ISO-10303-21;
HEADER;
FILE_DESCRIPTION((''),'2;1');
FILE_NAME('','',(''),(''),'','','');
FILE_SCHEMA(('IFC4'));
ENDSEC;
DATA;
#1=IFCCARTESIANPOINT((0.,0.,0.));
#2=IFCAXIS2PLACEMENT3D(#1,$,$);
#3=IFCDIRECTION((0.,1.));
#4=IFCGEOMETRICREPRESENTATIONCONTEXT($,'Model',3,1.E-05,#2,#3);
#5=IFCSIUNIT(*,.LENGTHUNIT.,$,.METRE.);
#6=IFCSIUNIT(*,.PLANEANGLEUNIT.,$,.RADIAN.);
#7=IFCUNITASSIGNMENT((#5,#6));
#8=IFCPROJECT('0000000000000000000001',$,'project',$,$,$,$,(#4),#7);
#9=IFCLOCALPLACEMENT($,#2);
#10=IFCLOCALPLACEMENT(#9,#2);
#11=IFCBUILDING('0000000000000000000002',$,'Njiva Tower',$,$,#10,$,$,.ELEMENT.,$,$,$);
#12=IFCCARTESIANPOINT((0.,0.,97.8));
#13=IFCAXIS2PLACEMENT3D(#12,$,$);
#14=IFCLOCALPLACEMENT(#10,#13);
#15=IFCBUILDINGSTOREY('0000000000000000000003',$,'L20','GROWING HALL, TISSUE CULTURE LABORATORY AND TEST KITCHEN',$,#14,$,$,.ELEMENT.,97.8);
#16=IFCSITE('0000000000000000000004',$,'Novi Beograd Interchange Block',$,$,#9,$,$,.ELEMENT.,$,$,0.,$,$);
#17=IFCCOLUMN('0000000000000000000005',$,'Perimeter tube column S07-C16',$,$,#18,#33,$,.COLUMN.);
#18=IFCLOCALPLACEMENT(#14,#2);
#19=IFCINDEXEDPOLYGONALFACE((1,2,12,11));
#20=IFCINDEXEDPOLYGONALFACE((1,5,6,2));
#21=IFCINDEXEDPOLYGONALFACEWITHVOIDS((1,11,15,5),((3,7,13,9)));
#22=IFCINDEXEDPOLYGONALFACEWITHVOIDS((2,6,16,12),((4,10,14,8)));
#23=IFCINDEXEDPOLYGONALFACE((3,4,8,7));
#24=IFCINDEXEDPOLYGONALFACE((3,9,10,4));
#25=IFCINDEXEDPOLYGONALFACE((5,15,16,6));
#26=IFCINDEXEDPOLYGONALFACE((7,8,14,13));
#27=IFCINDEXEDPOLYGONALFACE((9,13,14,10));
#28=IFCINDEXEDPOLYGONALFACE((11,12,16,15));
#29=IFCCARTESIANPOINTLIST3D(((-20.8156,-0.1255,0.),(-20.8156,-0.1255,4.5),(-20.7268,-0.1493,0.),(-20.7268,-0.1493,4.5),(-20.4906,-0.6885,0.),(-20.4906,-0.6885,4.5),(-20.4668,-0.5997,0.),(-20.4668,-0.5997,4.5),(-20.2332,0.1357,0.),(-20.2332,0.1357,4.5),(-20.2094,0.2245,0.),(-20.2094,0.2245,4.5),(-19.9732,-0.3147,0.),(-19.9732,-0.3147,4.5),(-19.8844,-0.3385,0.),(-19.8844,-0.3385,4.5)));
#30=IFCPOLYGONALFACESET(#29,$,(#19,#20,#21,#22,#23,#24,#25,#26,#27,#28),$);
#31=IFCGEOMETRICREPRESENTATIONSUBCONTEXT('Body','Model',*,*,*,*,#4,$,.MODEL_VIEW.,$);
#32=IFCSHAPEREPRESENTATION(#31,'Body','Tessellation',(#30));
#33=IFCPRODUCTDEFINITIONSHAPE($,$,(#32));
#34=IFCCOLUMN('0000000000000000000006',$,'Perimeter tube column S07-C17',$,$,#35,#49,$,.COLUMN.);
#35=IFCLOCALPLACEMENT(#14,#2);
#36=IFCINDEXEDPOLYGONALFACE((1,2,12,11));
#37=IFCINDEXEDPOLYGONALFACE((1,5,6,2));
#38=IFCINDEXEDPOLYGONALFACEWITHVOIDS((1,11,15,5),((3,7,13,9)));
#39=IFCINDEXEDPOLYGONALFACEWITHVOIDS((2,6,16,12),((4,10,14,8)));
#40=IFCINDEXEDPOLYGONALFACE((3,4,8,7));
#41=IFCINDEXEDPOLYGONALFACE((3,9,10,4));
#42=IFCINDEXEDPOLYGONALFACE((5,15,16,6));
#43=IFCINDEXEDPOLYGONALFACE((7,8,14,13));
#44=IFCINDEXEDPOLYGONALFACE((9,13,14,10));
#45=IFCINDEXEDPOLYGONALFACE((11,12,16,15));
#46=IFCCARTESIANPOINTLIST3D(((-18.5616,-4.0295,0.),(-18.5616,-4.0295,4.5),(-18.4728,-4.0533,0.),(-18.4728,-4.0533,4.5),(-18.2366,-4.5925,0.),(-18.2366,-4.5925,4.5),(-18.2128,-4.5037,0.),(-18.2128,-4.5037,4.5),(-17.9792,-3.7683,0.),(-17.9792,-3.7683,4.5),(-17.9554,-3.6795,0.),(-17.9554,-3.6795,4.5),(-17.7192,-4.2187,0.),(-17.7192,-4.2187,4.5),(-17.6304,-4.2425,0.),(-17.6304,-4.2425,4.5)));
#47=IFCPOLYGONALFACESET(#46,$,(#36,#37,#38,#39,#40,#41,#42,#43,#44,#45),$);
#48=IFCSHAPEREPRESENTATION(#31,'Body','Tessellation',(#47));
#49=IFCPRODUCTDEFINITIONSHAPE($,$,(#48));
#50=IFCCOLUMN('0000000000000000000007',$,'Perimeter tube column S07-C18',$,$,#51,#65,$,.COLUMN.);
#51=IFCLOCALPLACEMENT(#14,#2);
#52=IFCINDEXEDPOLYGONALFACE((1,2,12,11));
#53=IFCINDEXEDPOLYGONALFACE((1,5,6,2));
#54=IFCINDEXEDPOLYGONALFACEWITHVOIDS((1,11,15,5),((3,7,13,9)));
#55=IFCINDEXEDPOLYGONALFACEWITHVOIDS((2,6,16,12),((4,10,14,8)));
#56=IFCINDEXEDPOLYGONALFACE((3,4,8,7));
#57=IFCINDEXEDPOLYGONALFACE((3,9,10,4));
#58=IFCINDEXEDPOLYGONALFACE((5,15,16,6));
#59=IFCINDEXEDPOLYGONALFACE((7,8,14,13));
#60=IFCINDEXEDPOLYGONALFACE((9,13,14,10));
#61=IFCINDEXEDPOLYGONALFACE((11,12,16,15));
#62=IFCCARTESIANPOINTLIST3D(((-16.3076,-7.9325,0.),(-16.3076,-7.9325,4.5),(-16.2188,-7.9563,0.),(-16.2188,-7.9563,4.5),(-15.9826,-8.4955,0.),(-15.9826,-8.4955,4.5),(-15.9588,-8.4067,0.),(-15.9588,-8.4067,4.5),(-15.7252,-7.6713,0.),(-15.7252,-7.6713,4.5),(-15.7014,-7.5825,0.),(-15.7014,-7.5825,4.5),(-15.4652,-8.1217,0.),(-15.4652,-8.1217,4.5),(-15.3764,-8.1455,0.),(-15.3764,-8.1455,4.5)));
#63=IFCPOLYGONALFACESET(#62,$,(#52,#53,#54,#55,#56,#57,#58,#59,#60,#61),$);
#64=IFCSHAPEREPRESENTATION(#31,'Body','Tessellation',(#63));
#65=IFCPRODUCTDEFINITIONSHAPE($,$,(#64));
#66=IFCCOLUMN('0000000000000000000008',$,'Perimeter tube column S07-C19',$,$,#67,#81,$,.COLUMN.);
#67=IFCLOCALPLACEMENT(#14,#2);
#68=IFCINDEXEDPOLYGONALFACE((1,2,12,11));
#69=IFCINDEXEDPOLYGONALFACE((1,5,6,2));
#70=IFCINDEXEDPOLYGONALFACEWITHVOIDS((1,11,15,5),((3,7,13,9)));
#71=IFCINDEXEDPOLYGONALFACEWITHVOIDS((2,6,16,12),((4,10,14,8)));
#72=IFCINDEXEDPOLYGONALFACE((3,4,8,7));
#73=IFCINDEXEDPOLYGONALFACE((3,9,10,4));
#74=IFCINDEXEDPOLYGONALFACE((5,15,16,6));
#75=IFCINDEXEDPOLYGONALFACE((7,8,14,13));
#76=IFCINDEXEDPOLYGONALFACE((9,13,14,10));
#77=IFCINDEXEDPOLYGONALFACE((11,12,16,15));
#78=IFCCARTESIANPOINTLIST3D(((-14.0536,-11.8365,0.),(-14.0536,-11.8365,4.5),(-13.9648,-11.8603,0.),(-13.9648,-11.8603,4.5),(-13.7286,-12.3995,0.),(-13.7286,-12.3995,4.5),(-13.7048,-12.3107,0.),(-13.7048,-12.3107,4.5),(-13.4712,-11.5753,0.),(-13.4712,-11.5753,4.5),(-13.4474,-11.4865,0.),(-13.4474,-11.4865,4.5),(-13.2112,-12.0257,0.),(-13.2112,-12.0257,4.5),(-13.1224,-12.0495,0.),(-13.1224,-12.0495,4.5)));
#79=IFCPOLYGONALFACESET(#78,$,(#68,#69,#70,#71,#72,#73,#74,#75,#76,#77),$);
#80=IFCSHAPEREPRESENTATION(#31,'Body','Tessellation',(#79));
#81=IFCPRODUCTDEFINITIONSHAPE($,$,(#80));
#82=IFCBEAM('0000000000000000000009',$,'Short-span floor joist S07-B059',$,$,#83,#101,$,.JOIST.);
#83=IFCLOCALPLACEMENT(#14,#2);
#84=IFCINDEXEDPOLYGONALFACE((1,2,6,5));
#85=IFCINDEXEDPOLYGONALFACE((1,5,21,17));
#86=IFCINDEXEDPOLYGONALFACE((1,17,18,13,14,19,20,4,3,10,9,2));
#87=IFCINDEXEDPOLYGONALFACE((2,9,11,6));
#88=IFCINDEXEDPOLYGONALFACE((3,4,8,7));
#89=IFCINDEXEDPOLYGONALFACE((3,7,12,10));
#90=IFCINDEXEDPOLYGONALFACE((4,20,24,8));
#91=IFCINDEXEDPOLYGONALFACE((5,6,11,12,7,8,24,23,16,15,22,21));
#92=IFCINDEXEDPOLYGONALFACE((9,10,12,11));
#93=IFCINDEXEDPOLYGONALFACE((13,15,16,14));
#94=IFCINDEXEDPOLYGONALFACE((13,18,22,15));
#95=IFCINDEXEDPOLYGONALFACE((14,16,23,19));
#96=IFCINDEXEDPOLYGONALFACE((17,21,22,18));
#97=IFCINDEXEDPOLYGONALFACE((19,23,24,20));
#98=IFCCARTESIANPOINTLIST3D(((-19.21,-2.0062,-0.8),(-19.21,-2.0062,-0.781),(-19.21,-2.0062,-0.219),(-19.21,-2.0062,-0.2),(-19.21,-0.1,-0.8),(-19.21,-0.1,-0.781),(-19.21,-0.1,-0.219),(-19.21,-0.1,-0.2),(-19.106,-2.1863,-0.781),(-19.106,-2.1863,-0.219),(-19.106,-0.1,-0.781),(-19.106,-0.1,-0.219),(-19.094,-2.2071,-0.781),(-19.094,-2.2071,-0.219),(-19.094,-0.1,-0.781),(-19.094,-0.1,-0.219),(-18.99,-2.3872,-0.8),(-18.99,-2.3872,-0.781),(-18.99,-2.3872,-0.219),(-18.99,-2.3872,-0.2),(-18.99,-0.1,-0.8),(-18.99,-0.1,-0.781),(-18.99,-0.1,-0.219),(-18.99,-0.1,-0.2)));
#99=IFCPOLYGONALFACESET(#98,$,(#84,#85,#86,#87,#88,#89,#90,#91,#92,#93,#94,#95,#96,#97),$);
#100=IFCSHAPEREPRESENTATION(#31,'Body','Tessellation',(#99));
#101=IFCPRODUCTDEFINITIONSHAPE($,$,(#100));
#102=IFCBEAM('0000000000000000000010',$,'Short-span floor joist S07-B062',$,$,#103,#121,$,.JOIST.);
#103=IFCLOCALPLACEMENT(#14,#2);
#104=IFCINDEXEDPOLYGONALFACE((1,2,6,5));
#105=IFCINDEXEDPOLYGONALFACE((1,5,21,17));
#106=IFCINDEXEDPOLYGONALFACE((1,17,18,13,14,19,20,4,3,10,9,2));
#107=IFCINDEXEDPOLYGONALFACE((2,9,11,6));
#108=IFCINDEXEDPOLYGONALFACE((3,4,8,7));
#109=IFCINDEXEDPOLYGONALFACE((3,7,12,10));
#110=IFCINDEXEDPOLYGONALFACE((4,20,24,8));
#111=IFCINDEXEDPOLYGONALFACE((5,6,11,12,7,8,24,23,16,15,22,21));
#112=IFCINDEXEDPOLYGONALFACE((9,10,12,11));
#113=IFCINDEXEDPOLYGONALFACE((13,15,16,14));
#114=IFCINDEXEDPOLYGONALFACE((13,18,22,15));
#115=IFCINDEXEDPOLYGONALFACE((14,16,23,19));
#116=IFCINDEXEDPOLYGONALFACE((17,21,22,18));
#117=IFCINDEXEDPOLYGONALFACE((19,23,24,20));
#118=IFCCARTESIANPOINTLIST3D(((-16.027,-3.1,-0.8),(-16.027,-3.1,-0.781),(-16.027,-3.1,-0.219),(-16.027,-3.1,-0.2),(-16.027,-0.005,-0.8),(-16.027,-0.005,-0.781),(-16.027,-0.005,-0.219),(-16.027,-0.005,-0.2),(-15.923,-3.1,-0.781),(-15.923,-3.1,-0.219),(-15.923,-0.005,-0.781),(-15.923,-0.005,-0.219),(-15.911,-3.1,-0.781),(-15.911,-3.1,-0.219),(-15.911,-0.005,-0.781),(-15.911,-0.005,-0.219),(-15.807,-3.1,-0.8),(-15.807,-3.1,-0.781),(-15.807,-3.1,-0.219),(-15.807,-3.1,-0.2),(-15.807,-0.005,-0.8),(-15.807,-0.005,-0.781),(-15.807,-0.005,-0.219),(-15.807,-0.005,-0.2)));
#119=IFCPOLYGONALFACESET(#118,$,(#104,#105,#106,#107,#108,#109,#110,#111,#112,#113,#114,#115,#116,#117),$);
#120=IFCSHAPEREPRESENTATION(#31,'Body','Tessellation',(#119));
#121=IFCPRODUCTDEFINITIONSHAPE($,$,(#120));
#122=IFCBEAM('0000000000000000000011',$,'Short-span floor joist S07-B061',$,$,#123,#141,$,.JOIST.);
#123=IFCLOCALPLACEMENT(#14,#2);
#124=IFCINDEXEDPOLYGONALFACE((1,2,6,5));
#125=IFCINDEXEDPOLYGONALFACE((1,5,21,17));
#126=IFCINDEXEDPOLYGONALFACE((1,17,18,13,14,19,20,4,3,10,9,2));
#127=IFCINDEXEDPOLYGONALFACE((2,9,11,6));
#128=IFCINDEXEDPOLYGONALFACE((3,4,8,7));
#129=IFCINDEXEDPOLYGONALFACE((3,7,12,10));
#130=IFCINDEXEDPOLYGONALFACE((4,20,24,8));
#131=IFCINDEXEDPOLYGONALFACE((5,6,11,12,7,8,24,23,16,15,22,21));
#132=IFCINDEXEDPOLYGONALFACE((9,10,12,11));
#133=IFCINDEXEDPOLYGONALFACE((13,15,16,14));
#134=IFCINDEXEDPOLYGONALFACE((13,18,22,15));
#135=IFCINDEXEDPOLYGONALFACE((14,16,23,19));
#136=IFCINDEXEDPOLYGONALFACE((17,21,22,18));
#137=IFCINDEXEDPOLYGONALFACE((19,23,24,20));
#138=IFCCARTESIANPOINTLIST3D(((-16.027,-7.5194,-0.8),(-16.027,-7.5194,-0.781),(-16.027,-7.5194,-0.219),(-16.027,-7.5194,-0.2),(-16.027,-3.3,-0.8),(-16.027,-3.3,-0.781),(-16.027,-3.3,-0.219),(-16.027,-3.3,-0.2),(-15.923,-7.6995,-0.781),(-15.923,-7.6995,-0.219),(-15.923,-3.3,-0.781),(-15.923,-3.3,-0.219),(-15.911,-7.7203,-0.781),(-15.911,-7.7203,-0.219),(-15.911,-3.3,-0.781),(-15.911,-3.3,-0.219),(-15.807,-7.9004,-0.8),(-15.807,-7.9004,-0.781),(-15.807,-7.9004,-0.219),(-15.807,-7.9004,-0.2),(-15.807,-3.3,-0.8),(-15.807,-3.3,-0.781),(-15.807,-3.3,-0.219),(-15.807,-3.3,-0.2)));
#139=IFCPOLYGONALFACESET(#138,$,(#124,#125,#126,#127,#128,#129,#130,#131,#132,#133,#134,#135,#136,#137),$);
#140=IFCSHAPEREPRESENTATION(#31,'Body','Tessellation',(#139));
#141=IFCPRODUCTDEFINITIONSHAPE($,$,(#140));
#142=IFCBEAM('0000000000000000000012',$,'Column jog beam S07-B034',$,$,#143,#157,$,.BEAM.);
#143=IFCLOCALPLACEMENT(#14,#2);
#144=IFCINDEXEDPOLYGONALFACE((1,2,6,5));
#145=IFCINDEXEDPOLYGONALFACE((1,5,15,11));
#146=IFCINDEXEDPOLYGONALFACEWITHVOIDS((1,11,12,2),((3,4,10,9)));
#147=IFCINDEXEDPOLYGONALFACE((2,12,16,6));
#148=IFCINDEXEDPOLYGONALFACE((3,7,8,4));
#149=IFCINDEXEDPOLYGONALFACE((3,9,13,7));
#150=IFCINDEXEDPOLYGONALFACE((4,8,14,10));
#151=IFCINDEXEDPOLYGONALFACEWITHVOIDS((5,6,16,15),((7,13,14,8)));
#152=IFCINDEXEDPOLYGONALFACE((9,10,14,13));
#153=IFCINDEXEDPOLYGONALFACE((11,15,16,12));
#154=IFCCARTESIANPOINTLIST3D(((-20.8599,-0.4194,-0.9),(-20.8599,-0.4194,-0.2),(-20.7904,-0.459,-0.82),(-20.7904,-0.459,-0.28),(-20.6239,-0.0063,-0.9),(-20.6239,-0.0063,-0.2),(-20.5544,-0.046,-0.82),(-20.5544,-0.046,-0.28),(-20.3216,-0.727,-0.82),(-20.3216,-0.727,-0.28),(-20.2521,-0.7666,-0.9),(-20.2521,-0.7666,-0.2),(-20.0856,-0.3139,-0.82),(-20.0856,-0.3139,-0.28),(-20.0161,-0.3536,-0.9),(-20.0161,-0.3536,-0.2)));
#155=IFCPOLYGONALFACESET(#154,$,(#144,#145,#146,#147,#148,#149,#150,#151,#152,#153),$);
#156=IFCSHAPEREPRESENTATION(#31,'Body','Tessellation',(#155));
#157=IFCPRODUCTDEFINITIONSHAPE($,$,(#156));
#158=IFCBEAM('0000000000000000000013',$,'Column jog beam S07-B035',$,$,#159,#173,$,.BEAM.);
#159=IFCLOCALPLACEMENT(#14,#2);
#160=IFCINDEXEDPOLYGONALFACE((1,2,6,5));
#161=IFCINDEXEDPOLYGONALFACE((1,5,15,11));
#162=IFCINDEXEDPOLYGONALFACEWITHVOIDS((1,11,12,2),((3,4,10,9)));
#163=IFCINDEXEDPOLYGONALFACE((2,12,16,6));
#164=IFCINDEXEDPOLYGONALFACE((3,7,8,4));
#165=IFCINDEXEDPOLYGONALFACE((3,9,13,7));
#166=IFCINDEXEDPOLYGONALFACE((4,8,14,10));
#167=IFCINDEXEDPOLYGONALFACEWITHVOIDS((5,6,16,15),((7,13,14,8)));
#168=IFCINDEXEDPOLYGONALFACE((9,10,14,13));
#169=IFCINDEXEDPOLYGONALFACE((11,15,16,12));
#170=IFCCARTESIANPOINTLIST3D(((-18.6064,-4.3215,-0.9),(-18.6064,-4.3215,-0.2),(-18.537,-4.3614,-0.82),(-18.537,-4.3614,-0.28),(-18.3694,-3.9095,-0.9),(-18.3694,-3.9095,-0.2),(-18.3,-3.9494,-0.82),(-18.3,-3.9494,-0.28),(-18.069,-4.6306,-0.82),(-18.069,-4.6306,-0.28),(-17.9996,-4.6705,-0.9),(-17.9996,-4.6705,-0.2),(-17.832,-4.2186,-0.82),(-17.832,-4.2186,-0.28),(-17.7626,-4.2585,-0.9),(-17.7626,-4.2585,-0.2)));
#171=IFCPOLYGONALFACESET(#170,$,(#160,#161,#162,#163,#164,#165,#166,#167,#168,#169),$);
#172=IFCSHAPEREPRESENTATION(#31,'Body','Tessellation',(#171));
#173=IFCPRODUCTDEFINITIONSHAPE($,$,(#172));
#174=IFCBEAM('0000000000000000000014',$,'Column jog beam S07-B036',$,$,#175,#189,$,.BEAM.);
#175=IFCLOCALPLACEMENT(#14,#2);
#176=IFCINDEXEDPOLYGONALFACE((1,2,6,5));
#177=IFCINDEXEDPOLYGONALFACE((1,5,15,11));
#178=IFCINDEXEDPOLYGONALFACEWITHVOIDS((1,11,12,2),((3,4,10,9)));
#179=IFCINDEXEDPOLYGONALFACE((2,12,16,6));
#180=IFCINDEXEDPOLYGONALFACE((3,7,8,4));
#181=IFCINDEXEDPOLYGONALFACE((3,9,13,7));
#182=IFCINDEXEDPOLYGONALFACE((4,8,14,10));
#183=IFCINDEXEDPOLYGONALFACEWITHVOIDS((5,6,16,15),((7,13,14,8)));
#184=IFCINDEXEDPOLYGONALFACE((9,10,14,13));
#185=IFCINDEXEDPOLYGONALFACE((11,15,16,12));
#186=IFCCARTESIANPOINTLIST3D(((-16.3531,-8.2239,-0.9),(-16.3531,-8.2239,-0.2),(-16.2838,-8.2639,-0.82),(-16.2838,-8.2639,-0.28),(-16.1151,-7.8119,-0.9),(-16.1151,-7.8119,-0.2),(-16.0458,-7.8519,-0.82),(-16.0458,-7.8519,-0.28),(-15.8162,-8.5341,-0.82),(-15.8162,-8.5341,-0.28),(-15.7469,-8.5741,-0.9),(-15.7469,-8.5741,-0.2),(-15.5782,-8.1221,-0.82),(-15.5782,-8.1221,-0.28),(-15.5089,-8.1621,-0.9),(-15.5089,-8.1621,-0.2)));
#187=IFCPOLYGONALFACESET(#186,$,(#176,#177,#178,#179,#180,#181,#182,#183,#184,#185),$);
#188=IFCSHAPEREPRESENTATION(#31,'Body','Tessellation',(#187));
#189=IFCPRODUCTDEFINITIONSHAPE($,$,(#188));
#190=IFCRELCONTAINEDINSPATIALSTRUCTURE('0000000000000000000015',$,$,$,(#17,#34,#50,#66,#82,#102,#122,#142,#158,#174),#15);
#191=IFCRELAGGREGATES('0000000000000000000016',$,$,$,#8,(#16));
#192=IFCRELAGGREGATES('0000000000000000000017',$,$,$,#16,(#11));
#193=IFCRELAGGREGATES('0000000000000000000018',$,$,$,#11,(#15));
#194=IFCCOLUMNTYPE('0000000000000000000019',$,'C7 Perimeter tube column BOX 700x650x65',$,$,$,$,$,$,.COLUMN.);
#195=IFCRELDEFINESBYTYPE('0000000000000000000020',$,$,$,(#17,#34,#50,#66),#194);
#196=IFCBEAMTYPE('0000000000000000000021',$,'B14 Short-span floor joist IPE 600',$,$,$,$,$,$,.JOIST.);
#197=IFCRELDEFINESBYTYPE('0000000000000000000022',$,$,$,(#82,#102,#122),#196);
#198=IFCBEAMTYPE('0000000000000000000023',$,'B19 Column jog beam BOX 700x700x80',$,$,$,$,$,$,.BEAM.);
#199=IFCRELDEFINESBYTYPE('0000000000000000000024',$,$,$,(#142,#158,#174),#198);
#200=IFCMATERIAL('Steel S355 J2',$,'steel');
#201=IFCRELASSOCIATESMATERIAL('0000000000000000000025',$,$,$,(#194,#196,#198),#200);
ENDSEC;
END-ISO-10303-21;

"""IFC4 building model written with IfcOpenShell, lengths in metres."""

from ifc_helpers import new_model, si_unit, direction, frame, origin, origin_2d, place, context, subcontext, project, spatial, hollow_rectangle, i_section, extrude, clip, halfspace, material, material_profile, profile_set, type_object, element, save


model = new_model("IFC4")

# Units and contexts
model_context = context("Model", 3, precision=1e-05, world=origin(), true_north=direction((0.0, 1.0)))
body_context = subcontext(model_context, "Body", "Model", "MODEL_VIEW")
ifc_project = project(units=[si_unit("LENGTHUNIT", "METRE"), si_unit("PLANEANGLEUNIT", "RADIAN")], contexts=[model_context])

# Site, building, storey
site_placement = place(None, origin())
site = spatial("IfcSite", under=ifc_project, at=site_placement, Name="Novi Beograd Interchange Block", CompositionType="ELEMENT", RefElevation=0.0)
building_placement = place(site_placement, origin())
building = spatial("IfcBuilding", under=site, at=building_placement, Name="Njiva Tower", CompositionType="ELEMENT")
storey_placement = place(building_placement, frame((0.0, 0.0, 97.8)))
storey = spatial("IfcBuildingStorey", under=building, at=storey_placement, Name="L20", Description="GROWING HALL, TISSUE CULTURE LABORATORY AND TEST KITCHEN", CompositionType="ELEMENT", Elevation=97.8)

# Columns
ifc_material_1 = material(Name="Steel S355 J2", Category="steel")
ifc_material_profile_1 = material_profile(ifc_material_1, hollow_rectangle(XDim=0.65, YDim=0.7, WallThickness=0.065, at=origin_2d()), Name="BOX 700x650x65")
ifc_profile_set_1 = profile_set([ifc_material_profile_1], Name="Steel S355 J2")
column_type = type_object("IfcColumnType", Name="C7 Perimeter tube column BOX 700x650x65", PredefinedType="COLUMN", material=ifc_profile_set_1)
for number, where, z_axis, x_axis, name in (
    (1, (-20.35, -0.232, 0.0), (0.0, 0.0, 1.0), (0.5, -0.866025, 0.0), "Perimeter tube column S07-C16"),
    (2, (-18.096, -4.136, 0.0), (0.0, 0.0, 1.0), (0.5, -0.866025, 0.0), "Perimeter tube column S07-C17"),
    (3, (-15.842, -8.039, 0.0), (0.0, 0.0, 1.0), (0.5, -0.866025, 0.0), "Perimeter tube column S07-C18"),
    (4, (-13.588, -11.943, 0.0), (0.0, 0.0, 1.0), (0.5, -0.866025, 0.0), "Perimeter tube column S07-C19"),
):
    element("IfcColumn", number, at=place(storey_placement, frame(where, z_axis=z_axis, x_axis=x_axis)), inside=storey, type_object=column_type, Name=name, PredefinedType="COLUMN", context=body_context, shape_type="SweptSolid", body=[
        extrude(hollow_rectangle(XDim=0.65, YDim=0.7, WallThickness=0.065, at=origin_2d()), origin(), (0.0, 0.0, 1.0), 4.5),
    ])

# Beams
ifc_material_profile_2 = material_profile(ifc_material_1, i_section(OverallWidth=0.22, OverallDepth=0.6, WebThickness=0.012, FlangeThickness=0.019, at=origin_2d()), Name="IPE 600")
ifc_profile_set_2 = profile_set([ifc_material_profile_2], Name="Steel S355 J2")
beam_type_1 = type_object("IfcBeamType", Name="B14 Short-span floor joist IPE 600", PredefinedType="JOIST", material=ifc_profile_set_2)
beam_1_placement = place(storey_placement, frame((-19.1, -0.1, -0.5), z_axis=(0.0, -1.0, 0.0), x_axis=(1.0, 0.0, 0.0)))
element("IfcBeam", 5, at=beam_1_placement, inside=storey, type_object=beam_type_1, Name="Short-span floor joist S07-B059", PredefinedType="JOIST", context=body_context, shape_type="Clipping", body=[
    clip(extrude(i_section(OverallWidth=0.22, OverallDepth=0.6, WebThickness=0.012, FlangeThickness=0.019, at=origin_2d()), origin(), (0.0, 0.0, 1.0), 2.308), halfspace(frame((-0.0433, 0.0, 2.0217), z_axis=(-0.866027, 0.0, 0.499998), x_axis=(0.0, 1.0, 0.0)), False)),
])
beam_2_placement = place(storey_placement, frame((-15.917, -0.005, -0.5), z_axis=(0.0, -1.0, 0.0), x_axis=(1.0, 0.0, 0.0)))
element("IfcBeam", 6, at=beam_2_placement, inside=storey, type_object=beam_type_1, Name="Short-span floor joist S07-B062", PredefinedType="JOIST", context=body_context, shape_type="SweptSolid", body=[
    extrude(i_section(OverallWidth=0.22, OverallDepth=0.6, WebThickness=0.012, FlangeThickness=0.019, at=origin_2d()), origin(), (0.0, 0.0, 1.0), 3.095),
])
beam_3_placement = place(storey_placement, frame((-15.917, -3.3, -0.5), z_axis=(0.0, -1.0, 0.0), x_axis=(1.0, 0.0, 0.0)))
element("IfcBeam", 7, at=beam_3_placement, inside=storey, type_object=beam_type_1, Name="Short-span floor joist S07-B061", PredefinedType="JOIST", context=body_context, shape_type="Clipping", body=[
    clip(extrude(i_section(OverallWidth=0.22, OverallDepth=0.6, WebThickness=0.012, FlangeThickness=0.019, at=origin_2d()), origin(), (0.0, 0.0, 1.0), 4.621), halfspace(frame((-0.043, 0.0, 4.3354), z_axis=(-0.866027, 0.0, 0.499998), x_axis=(0.0, 1.0, 0.0)), False)),
])
ifc_material_profile_3 = material_profile(ifc_material_1, hollow_rectangle(XDim=0.7, YDim=0.7, WallThickness=0.08, at=origin_2d()), Name="BOX 700x700x80")
ifc_profile_set_3 = profile_set([ifc_material_profile_3], Name="Steel S355 J2")
beam_type_2 = type_object("IfcBeamType", Name="B19 Column jog beam BOX 700x700x80", PredefinedType="BEAM", material=ifc_profile_set_3)
beam_4_placement = place(storey_placement, frame((-20.556, -0.593, -0.55), z_axis=(0.496139, 0.868243, 0.0), x_axis=(-0.868243, 0.496139, 0.0)))
element("IfcBeam", 8, at=beam_4_placement, inside=storey, type_object=beam_type_2, Name="Column jog beam S07-B034", PredefinedType="BEAM", context=body_context, shape_type="SweptSolid", body=[
    extrude(hollow_rectangle(XDim=0.7, YDim=0.7, WallThickness=0.08, at=origin_2d()), origin(), (0.0, 0.0, 1.0), 0.4757),
])
beam_5_placement = place(storey_placement, frame((-18.303, -4.496, -0.55), z_axis=(0.498629, 0.866815, 0.0), x_axis=(-0.866815, 0.498629, 0.0)))
element("IfcBeam", 9, at=beam_5_placement, inside=storey, type_object=beam_type_2, Name="Column jog beam S07-B035", PredefinedType="BEAM", context=body_context, shape_type="SweptSolid", body=[
    extrude(hollow_rectangle(XDim=0.7, YDim=0.7, WallThickness=0.08, at=origin_2d()), origin(), (0.0, 0.0, 1.0), 0.4753),
])
beam_6_placement = place(storey_placement, frame((-16.05, -8.399, -0.55), z_axis=(0.500208, 0.865906, 0.0), x_axis=(-0.865906, 0.500208, 0.0)))
element("IfcBeam", 10, at=beam_6_placement, inside=storey, type_object=beam_type_2, Name="Column jog beam S07-B036", PredefinedType="BEAM", context=body_context, shape_type="SweptSolid", body=[
    extrude(hollow_rectangle(XDim=0.7, YDim=0.7, WallThickness=0.08, at=origin_2d()), origin(), (0.0, 0.0, 1.0), 0.4758),
])

save(model, "model.ifc")
